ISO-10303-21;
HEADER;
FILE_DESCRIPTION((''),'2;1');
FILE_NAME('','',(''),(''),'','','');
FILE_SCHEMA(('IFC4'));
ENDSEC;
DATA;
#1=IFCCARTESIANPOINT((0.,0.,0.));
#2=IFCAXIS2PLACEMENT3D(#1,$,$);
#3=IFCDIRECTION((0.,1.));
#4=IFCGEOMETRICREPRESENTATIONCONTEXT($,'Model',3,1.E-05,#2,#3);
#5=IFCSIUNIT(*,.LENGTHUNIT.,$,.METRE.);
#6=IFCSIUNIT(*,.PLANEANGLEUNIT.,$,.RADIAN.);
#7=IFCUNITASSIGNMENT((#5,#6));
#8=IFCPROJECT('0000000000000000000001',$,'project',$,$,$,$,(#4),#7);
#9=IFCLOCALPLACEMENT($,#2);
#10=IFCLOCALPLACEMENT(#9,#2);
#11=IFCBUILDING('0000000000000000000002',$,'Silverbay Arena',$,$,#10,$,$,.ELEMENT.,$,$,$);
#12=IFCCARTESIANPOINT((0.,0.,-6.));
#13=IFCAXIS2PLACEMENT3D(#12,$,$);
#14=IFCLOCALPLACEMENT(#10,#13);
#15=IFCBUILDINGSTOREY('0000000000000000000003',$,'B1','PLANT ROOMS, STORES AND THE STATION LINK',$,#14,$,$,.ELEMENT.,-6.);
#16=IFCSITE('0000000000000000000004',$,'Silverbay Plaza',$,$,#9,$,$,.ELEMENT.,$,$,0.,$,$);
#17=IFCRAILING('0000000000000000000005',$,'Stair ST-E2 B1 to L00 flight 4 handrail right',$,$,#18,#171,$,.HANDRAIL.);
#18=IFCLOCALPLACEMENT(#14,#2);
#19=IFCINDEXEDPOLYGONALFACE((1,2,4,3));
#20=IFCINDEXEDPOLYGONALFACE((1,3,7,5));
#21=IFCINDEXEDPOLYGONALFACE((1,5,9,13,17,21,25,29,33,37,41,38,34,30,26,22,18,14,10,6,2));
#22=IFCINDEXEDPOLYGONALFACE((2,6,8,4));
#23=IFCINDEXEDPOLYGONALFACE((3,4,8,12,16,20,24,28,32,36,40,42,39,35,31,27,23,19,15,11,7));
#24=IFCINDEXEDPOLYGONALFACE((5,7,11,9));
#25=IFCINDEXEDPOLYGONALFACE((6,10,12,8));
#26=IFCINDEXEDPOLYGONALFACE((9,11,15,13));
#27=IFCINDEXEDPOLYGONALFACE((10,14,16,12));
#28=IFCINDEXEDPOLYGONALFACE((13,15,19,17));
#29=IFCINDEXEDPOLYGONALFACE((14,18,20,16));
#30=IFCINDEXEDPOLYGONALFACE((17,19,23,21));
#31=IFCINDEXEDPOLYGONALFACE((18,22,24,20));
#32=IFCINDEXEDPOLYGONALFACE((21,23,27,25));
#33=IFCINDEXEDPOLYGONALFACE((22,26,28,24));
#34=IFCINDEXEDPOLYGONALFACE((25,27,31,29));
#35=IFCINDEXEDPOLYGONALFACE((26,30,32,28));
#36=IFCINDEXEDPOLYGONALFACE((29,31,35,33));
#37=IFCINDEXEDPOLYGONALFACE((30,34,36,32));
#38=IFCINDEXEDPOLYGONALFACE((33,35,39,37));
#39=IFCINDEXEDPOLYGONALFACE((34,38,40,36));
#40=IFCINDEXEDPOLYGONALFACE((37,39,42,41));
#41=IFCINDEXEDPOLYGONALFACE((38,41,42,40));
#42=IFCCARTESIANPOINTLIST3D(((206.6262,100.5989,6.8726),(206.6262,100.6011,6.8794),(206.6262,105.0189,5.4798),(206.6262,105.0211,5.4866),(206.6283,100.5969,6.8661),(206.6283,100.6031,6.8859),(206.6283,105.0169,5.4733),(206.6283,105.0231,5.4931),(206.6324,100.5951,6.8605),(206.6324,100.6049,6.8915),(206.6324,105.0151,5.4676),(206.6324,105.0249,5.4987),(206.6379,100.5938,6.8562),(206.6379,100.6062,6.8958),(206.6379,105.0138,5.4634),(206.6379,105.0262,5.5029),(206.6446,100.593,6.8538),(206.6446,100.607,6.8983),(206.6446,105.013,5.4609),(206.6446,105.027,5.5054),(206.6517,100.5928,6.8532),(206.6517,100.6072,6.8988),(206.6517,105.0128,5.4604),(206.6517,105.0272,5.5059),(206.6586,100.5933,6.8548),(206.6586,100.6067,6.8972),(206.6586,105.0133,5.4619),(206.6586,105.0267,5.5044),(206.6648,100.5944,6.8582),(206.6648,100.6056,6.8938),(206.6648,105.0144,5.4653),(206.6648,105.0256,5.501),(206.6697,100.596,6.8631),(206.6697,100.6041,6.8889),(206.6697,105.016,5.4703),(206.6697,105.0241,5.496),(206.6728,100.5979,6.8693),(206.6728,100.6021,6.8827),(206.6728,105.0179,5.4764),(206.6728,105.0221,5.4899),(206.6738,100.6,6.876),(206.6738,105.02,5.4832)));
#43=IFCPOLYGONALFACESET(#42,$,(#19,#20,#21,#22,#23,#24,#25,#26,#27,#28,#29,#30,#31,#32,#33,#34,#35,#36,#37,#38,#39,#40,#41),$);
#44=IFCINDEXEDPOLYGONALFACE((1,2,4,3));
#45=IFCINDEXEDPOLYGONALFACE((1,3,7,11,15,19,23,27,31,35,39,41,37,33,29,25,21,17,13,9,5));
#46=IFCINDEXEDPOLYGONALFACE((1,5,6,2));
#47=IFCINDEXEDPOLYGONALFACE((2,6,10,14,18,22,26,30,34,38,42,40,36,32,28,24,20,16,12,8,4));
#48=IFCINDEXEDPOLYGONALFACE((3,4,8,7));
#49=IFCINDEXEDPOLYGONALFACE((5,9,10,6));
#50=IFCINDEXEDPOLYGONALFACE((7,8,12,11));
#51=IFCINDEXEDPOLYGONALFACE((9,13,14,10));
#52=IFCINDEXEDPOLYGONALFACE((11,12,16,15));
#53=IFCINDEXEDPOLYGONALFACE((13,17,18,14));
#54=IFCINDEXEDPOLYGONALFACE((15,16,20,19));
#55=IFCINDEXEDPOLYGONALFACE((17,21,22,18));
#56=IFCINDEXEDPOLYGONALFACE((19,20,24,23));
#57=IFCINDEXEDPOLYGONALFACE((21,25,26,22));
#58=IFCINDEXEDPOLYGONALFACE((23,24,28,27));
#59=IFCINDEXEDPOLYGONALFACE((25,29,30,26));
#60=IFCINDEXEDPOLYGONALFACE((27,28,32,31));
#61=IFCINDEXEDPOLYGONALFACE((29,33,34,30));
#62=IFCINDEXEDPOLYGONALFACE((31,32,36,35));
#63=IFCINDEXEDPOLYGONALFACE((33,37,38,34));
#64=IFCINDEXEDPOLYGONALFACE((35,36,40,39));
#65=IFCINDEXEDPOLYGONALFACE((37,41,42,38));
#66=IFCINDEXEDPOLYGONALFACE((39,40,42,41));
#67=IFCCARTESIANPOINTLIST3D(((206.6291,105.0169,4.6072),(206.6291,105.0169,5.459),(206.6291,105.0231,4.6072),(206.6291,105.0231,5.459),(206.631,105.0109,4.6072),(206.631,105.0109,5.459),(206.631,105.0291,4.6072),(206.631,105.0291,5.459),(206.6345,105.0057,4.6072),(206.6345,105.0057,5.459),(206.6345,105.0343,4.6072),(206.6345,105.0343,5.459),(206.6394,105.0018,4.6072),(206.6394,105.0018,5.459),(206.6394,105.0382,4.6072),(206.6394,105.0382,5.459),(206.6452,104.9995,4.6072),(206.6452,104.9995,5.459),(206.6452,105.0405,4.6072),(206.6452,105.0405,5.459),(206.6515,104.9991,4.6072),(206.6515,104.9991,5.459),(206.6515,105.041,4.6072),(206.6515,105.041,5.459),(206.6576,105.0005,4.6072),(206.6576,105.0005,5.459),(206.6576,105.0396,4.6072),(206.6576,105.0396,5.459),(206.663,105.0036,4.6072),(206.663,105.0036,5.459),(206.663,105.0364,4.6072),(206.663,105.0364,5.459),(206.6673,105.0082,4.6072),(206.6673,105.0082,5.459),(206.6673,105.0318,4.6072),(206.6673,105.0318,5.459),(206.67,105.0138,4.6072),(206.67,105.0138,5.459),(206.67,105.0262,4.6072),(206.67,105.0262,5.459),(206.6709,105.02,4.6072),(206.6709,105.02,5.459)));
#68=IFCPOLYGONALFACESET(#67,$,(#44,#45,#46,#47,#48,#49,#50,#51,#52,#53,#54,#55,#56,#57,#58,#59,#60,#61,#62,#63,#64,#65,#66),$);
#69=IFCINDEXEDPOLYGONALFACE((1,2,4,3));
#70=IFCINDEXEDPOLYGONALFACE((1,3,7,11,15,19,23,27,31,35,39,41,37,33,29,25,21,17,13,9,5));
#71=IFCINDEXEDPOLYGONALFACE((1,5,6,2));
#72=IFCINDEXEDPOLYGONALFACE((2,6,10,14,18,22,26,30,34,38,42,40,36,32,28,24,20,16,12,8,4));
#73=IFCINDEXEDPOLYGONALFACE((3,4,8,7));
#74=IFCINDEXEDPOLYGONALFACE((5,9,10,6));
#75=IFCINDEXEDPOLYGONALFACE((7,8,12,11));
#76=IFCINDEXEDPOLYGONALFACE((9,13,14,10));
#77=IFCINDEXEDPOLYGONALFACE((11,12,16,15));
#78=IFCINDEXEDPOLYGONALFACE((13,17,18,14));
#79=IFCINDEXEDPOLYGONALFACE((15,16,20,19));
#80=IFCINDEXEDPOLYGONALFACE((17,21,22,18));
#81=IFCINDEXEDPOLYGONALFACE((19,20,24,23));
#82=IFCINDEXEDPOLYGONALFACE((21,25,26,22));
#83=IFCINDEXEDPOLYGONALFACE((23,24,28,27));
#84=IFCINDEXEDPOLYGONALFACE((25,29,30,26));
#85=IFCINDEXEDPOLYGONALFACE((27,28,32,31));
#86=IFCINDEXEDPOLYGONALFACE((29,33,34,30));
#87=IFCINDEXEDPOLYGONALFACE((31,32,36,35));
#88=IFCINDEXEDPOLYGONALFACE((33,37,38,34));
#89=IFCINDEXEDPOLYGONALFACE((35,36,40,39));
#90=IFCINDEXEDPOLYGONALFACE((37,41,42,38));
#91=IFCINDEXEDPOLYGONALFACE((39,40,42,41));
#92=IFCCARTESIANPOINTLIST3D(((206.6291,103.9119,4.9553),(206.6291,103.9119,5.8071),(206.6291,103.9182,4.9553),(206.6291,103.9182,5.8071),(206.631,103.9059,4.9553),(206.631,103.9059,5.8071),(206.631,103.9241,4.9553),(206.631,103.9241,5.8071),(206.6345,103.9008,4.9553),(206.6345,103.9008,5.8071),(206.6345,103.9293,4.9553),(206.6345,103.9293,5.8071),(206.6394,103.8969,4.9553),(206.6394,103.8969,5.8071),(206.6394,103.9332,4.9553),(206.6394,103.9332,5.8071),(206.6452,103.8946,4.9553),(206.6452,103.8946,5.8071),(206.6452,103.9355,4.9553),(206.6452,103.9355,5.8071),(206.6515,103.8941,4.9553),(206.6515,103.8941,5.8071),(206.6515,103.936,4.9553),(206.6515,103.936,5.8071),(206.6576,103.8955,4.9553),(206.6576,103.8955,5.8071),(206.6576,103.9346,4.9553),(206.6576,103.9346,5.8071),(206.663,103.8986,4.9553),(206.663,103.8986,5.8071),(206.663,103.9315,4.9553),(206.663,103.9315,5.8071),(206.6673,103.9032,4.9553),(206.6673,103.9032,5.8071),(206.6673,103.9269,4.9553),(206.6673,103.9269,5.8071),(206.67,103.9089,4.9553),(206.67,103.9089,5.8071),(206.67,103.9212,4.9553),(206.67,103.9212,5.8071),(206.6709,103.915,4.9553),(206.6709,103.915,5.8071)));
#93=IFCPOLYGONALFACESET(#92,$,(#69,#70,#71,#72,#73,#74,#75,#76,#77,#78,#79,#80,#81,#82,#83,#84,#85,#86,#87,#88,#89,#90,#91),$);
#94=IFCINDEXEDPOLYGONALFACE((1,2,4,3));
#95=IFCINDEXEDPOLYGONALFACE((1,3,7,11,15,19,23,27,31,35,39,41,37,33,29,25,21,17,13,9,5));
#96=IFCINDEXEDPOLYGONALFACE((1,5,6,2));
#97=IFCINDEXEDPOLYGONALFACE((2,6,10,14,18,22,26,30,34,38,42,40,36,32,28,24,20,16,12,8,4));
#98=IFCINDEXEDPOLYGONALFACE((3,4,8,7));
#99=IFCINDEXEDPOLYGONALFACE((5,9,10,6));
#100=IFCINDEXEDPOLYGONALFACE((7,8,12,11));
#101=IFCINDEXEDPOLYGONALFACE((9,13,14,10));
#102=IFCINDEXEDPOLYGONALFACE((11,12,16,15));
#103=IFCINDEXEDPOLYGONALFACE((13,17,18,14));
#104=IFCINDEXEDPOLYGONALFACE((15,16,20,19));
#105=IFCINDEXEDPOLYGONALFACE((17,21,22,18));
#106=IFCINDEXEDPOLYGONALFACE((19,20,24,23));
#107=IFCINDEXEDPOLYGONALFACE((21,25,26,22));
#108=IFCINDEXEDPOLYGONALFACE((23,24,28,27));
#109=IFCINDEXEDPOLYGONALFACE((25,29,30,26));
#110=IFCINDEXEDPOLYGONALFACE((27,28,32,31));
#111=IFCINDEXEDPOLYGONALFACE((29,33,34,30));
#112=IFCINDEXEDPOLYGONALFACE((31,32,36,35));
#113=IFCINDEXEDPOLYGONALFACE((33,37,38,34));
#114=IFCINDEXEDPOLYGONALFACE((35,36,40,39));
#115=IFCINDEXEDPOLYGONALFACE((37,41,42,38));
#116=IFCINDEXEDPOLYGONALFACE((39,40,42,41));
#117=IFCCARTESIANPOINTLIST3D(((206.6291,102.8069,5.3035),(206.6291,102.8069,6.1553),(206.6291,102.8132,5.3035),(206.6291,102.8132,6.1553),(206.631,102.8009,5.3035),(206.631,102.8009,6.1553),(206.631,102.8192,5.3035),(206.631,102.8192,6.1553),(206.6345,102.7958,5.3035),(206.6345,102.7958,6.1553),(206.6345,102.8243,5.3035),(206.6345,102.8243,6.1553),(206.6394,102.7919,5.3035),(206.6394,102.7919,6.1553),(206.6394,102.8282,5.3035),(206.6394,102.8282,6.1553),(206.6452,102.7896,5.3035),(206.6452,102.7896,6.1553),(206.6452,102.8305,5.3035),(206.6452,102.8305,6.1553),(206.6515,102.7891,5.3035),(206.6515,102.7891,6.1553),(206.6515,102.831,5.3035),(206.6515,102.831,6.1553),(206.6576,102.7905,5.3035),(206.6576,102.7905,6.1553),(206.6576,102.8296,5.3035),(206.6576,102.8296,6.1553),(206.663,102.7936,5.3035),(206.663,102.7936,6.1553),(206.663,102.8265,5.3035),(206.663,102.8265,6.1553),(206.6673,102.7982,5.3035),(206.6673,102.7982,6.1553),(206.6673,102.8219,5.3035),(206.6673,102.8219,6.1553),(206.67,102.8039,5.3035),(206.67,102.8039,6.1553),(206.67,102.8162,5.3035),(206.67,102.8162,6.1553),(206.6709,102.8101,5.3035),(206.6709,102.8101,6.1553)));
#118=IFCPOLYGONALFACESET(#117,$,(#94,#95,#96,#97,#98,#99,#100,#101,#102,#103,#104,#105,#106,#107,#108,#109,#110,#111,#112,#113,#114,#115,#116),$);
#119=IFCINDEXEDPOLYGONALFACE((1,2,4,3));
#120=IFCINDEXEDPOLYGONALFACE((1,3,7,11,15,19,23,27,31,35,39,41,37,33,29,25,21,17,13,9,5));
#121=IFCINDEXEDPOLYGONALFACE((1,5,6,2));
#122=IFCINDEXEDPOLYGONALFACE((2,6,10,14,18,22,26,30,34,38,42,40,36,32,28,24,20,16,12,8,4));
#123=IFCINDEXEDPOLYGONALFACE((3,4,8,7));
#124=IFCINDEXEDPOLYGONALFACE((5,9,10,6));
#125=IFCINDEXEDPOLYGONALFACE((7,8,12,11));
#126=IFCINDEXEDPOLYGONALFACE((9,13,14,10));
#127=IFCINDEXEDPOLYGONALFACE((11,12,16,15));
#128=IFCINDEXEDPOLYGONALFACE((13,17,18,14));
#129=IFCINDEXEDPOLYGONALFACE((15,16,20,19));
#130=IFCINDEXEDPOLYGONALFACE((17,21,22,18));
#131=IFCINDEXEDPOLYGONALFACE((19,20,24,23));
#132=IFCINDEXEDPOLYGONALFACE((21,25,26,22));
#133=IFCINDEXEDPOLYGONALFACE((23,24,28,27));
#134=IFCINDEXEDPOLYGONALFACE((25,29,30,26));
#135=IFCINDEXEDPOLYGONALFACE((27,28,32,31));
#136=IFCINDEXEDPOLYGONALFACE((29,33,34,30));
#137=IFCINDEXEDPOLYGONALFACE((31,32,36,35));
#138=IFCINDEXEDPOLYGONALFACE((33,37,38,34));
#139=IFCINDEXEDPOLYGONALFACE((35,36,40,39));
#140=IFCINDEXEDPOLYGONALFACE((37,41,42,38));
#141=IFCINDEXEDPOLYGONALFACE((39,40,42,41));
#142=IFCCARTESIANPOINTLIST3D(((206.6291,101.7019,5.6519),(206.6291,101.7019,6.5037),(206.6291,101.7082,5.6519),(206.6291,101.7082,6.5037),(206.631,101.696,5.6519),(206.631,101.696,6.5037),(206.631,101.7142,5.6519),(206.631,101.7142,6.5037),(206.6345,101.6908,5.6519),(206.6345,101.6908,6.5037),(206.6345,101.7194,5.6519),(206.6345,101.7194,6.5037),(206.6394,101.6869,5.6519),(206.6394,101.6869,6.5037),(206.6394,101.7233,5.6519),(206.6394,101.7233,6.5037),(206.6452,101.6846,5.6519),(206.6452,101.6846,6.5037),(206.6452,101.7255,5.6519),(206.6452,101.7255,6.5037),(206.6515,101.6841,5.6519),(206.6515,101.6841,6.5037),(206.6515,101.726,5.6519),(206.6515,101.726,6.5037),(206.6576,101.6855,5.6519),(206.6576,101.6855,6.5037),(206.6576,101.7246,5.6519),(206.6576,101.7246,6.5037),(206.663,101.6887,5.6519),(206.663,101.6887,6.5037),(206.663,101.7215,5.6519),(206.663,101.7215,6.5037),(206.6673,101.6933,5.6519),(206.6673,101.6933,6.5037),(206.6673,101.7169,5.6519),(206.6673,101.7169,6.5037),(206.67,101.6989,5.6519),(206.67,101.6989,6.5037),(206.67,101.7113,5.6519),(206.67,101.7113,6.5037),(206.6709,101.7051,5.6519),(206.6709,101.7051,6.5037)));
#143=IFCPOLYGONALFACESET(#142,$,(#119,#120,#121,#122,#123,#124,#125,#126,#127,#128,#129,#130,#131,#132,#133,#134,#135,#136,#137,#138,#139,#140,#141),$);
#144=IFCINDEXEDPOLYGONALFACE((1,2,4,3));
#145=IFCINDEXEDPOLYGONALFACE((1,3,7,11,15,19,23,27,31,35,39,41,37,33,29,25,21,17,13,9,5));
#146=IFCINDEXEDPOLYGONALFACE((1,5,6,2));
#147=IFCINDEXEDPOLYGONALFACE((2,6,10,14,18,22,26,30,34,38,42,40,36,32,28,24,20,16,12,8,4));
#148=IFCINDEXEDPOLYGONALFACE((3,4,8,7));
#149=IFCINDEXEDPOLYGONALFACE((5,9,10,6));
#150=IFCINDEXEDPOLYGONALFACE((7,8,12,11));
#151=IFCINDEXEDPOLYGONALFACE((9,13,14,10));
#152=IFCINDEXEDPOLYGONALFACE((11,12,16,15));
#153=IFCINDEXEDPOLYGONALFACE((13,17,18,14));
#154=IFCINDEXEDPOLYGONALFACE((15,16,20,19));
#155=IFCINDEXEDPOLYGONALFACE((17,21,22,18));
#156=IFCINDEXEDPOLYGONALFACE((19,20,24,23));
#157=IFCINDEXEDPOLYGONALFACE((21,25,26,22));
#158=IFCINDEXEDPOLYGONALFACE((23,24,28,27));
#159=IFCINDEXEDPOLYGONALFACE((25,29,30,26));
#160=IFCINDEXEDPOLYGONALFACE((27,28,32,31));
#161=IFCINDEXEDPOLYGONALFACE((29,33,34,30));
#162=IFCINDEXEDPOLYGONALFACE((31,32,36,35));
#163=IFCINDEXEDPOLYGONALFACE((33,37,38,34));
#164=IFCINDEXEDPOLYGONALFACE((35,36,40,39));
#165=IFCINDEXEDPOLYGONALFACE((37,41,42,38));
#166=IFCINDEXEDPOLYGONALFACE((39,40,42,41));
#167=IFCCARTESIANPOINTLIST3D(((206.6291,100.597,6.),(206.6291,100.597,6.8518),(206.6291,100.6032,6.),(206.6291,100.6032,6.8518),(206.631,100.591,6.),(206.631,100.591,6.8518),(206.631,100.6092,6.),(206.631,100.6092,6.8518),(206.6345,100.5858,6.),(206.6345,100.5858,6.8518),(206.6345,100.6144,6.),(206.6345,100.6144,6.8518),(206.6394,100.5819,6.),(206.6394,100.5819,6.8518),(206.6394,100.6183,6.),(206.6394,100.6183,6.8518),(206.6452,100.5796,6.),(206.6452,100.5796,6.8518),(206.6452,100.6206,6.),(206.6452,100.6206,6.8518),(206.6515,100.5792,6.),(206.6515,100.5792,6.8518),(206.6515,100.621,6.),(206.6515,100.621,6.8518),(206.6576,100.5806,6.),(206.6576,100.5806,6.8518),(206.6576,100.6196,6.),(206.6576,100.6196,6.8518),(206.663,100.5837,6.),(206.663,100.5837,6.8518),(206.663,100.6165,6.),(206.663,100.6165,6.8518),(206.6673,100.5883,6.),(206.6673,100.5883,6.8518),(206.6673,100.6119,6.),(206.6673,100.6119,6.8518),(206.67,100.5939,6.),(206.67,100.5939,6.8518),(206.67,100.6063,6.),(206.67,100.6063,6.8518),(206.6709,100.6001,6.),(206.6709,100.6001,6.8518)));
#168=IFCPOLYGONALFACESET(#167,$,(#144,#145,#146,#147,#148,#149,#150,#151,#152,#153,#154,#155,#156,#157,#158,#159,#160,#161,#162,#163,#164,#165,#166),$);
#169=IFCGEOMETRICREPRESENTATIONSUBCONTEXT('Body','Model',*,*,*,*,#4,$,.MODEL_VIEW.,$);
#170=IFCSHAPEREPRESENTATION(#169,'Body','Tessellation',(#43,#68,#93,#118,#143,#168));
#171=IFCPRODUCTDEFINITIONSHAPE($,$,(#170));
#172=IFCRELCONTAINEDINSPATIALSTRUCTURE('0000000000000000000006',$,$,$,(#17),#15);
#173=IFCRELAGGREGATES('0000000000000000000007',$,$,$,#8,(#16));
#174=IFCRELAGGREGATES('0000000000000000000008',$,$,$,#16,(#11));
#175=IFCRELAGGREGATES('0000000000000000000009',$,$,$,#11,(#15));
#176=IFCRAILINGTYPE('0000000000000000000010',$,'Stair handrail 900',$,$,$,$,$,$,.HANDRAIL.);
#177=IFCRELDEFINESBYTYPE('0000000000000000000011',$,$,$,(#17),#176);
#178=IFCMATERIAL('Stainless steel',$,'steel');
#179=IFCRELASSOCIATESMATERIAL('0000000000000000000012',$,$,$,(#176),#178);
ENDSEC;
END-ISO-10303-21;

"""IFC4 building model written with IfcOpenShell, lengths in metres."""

from ifc_helpers import new_model, si_unit, direction, frame, origin, origin_2d, place, context, subcontext, project, spatial, circle, extrude, material, type_object, element, save


model = new_model("IFC4")

# Units and contexts
model_context = context("Model", 3, precision=1e-05, world=origin(), true_north=direction((0.0, 1.0)))
body_context = subcontext(model_context, "Body", "Model", "MODEL_VIEW")
ifc_project = project(units=[si_unit("LENGTHUNIT", "METRE"), si_unit("PLANEANGLEUNIT", "RADIAN")], contexts=[model_context])

# Site, building, storey
site_placement = place(None, origin())
site = spatial("IfcSite", under=ifc_project, at=site_placement, Name="Silverbay Plaza", CompositionType="ELEMENT", RefElevation=0.0)
building_placement = place(site_placement, origin())
building = spatial("IfcBuilding", under=site, at=building_placement, Name="Silverbay Arena", CompositionType="ELEMENT")
storey_placement = place(building_placement, frame((0.0, 0.0, -6.0)))
storey = spatial("IfcBuildingStorey", under=building, at=storey_placement, Name="B1", Description="PLANT ROOMS, STORES AND THE STATION LINK", CompositionType="ELEMENT", Elevation=-6.0)

# Railing
ifc_material_1 = material(Name="Stainless steel", Category="steel")
railing_type_1 = type_object("IfcRailingType", Name="Stair handrail 900", PredefinedType="HANDRAIL", material=ifc_material_1)
for number, where, name in (
    (1, (206.6499, 105.02, 4.6072), "Stair ST-E2 B1 to L00 flight 4 handrail right"),
):
    element("IfcRailing", number, at=place(storey_placement, frame(where)), inside=storey, type_object=railing_type_1, Name=name, PredefinedType="HANDRAIL", context=body_context, shape_type="SweptSolid", body=[
        extrude(circle(Radius=0.0239, at=origin_2d()), frame((0.0, 0.0, 0.876), z_axis=(0.0, -0.953765, 0.300554), x_axis=(1.0, 0.0, 0.0)), (0.0, 0.0, 1.0), 4.6343),
        extrude(circle(Radius=0.021, at=origin_2d()), origin(), (0.0, 0.0, 1.0), 0.8518),
        extrude(circle(Radius=0.021, at=origin_2d()), frame((0.0, -1.105, 0.3481)), (0.0, 0.0, 1.0), 0.8518),
        extrude(circle(Radius=0.021, at=origin_2d()), frame((0.0, -2.21, 0.6963)), (0.0, 0.0, 1.0), 0.8518),
        extrude(circle(Radius=0.021, at=origin_2d()), frame((0.0, -3.3149, 1.0447)), (0.0, 0.0, 1.0), 0.8518),
        extrude(circle(Radius=0.021, at=origin_2d()), frame((0.0, -4.4199, 1.3928)), (0.0, 0.0, 1.0), 0.8518),
    ])

save(model, "model.ifc")
